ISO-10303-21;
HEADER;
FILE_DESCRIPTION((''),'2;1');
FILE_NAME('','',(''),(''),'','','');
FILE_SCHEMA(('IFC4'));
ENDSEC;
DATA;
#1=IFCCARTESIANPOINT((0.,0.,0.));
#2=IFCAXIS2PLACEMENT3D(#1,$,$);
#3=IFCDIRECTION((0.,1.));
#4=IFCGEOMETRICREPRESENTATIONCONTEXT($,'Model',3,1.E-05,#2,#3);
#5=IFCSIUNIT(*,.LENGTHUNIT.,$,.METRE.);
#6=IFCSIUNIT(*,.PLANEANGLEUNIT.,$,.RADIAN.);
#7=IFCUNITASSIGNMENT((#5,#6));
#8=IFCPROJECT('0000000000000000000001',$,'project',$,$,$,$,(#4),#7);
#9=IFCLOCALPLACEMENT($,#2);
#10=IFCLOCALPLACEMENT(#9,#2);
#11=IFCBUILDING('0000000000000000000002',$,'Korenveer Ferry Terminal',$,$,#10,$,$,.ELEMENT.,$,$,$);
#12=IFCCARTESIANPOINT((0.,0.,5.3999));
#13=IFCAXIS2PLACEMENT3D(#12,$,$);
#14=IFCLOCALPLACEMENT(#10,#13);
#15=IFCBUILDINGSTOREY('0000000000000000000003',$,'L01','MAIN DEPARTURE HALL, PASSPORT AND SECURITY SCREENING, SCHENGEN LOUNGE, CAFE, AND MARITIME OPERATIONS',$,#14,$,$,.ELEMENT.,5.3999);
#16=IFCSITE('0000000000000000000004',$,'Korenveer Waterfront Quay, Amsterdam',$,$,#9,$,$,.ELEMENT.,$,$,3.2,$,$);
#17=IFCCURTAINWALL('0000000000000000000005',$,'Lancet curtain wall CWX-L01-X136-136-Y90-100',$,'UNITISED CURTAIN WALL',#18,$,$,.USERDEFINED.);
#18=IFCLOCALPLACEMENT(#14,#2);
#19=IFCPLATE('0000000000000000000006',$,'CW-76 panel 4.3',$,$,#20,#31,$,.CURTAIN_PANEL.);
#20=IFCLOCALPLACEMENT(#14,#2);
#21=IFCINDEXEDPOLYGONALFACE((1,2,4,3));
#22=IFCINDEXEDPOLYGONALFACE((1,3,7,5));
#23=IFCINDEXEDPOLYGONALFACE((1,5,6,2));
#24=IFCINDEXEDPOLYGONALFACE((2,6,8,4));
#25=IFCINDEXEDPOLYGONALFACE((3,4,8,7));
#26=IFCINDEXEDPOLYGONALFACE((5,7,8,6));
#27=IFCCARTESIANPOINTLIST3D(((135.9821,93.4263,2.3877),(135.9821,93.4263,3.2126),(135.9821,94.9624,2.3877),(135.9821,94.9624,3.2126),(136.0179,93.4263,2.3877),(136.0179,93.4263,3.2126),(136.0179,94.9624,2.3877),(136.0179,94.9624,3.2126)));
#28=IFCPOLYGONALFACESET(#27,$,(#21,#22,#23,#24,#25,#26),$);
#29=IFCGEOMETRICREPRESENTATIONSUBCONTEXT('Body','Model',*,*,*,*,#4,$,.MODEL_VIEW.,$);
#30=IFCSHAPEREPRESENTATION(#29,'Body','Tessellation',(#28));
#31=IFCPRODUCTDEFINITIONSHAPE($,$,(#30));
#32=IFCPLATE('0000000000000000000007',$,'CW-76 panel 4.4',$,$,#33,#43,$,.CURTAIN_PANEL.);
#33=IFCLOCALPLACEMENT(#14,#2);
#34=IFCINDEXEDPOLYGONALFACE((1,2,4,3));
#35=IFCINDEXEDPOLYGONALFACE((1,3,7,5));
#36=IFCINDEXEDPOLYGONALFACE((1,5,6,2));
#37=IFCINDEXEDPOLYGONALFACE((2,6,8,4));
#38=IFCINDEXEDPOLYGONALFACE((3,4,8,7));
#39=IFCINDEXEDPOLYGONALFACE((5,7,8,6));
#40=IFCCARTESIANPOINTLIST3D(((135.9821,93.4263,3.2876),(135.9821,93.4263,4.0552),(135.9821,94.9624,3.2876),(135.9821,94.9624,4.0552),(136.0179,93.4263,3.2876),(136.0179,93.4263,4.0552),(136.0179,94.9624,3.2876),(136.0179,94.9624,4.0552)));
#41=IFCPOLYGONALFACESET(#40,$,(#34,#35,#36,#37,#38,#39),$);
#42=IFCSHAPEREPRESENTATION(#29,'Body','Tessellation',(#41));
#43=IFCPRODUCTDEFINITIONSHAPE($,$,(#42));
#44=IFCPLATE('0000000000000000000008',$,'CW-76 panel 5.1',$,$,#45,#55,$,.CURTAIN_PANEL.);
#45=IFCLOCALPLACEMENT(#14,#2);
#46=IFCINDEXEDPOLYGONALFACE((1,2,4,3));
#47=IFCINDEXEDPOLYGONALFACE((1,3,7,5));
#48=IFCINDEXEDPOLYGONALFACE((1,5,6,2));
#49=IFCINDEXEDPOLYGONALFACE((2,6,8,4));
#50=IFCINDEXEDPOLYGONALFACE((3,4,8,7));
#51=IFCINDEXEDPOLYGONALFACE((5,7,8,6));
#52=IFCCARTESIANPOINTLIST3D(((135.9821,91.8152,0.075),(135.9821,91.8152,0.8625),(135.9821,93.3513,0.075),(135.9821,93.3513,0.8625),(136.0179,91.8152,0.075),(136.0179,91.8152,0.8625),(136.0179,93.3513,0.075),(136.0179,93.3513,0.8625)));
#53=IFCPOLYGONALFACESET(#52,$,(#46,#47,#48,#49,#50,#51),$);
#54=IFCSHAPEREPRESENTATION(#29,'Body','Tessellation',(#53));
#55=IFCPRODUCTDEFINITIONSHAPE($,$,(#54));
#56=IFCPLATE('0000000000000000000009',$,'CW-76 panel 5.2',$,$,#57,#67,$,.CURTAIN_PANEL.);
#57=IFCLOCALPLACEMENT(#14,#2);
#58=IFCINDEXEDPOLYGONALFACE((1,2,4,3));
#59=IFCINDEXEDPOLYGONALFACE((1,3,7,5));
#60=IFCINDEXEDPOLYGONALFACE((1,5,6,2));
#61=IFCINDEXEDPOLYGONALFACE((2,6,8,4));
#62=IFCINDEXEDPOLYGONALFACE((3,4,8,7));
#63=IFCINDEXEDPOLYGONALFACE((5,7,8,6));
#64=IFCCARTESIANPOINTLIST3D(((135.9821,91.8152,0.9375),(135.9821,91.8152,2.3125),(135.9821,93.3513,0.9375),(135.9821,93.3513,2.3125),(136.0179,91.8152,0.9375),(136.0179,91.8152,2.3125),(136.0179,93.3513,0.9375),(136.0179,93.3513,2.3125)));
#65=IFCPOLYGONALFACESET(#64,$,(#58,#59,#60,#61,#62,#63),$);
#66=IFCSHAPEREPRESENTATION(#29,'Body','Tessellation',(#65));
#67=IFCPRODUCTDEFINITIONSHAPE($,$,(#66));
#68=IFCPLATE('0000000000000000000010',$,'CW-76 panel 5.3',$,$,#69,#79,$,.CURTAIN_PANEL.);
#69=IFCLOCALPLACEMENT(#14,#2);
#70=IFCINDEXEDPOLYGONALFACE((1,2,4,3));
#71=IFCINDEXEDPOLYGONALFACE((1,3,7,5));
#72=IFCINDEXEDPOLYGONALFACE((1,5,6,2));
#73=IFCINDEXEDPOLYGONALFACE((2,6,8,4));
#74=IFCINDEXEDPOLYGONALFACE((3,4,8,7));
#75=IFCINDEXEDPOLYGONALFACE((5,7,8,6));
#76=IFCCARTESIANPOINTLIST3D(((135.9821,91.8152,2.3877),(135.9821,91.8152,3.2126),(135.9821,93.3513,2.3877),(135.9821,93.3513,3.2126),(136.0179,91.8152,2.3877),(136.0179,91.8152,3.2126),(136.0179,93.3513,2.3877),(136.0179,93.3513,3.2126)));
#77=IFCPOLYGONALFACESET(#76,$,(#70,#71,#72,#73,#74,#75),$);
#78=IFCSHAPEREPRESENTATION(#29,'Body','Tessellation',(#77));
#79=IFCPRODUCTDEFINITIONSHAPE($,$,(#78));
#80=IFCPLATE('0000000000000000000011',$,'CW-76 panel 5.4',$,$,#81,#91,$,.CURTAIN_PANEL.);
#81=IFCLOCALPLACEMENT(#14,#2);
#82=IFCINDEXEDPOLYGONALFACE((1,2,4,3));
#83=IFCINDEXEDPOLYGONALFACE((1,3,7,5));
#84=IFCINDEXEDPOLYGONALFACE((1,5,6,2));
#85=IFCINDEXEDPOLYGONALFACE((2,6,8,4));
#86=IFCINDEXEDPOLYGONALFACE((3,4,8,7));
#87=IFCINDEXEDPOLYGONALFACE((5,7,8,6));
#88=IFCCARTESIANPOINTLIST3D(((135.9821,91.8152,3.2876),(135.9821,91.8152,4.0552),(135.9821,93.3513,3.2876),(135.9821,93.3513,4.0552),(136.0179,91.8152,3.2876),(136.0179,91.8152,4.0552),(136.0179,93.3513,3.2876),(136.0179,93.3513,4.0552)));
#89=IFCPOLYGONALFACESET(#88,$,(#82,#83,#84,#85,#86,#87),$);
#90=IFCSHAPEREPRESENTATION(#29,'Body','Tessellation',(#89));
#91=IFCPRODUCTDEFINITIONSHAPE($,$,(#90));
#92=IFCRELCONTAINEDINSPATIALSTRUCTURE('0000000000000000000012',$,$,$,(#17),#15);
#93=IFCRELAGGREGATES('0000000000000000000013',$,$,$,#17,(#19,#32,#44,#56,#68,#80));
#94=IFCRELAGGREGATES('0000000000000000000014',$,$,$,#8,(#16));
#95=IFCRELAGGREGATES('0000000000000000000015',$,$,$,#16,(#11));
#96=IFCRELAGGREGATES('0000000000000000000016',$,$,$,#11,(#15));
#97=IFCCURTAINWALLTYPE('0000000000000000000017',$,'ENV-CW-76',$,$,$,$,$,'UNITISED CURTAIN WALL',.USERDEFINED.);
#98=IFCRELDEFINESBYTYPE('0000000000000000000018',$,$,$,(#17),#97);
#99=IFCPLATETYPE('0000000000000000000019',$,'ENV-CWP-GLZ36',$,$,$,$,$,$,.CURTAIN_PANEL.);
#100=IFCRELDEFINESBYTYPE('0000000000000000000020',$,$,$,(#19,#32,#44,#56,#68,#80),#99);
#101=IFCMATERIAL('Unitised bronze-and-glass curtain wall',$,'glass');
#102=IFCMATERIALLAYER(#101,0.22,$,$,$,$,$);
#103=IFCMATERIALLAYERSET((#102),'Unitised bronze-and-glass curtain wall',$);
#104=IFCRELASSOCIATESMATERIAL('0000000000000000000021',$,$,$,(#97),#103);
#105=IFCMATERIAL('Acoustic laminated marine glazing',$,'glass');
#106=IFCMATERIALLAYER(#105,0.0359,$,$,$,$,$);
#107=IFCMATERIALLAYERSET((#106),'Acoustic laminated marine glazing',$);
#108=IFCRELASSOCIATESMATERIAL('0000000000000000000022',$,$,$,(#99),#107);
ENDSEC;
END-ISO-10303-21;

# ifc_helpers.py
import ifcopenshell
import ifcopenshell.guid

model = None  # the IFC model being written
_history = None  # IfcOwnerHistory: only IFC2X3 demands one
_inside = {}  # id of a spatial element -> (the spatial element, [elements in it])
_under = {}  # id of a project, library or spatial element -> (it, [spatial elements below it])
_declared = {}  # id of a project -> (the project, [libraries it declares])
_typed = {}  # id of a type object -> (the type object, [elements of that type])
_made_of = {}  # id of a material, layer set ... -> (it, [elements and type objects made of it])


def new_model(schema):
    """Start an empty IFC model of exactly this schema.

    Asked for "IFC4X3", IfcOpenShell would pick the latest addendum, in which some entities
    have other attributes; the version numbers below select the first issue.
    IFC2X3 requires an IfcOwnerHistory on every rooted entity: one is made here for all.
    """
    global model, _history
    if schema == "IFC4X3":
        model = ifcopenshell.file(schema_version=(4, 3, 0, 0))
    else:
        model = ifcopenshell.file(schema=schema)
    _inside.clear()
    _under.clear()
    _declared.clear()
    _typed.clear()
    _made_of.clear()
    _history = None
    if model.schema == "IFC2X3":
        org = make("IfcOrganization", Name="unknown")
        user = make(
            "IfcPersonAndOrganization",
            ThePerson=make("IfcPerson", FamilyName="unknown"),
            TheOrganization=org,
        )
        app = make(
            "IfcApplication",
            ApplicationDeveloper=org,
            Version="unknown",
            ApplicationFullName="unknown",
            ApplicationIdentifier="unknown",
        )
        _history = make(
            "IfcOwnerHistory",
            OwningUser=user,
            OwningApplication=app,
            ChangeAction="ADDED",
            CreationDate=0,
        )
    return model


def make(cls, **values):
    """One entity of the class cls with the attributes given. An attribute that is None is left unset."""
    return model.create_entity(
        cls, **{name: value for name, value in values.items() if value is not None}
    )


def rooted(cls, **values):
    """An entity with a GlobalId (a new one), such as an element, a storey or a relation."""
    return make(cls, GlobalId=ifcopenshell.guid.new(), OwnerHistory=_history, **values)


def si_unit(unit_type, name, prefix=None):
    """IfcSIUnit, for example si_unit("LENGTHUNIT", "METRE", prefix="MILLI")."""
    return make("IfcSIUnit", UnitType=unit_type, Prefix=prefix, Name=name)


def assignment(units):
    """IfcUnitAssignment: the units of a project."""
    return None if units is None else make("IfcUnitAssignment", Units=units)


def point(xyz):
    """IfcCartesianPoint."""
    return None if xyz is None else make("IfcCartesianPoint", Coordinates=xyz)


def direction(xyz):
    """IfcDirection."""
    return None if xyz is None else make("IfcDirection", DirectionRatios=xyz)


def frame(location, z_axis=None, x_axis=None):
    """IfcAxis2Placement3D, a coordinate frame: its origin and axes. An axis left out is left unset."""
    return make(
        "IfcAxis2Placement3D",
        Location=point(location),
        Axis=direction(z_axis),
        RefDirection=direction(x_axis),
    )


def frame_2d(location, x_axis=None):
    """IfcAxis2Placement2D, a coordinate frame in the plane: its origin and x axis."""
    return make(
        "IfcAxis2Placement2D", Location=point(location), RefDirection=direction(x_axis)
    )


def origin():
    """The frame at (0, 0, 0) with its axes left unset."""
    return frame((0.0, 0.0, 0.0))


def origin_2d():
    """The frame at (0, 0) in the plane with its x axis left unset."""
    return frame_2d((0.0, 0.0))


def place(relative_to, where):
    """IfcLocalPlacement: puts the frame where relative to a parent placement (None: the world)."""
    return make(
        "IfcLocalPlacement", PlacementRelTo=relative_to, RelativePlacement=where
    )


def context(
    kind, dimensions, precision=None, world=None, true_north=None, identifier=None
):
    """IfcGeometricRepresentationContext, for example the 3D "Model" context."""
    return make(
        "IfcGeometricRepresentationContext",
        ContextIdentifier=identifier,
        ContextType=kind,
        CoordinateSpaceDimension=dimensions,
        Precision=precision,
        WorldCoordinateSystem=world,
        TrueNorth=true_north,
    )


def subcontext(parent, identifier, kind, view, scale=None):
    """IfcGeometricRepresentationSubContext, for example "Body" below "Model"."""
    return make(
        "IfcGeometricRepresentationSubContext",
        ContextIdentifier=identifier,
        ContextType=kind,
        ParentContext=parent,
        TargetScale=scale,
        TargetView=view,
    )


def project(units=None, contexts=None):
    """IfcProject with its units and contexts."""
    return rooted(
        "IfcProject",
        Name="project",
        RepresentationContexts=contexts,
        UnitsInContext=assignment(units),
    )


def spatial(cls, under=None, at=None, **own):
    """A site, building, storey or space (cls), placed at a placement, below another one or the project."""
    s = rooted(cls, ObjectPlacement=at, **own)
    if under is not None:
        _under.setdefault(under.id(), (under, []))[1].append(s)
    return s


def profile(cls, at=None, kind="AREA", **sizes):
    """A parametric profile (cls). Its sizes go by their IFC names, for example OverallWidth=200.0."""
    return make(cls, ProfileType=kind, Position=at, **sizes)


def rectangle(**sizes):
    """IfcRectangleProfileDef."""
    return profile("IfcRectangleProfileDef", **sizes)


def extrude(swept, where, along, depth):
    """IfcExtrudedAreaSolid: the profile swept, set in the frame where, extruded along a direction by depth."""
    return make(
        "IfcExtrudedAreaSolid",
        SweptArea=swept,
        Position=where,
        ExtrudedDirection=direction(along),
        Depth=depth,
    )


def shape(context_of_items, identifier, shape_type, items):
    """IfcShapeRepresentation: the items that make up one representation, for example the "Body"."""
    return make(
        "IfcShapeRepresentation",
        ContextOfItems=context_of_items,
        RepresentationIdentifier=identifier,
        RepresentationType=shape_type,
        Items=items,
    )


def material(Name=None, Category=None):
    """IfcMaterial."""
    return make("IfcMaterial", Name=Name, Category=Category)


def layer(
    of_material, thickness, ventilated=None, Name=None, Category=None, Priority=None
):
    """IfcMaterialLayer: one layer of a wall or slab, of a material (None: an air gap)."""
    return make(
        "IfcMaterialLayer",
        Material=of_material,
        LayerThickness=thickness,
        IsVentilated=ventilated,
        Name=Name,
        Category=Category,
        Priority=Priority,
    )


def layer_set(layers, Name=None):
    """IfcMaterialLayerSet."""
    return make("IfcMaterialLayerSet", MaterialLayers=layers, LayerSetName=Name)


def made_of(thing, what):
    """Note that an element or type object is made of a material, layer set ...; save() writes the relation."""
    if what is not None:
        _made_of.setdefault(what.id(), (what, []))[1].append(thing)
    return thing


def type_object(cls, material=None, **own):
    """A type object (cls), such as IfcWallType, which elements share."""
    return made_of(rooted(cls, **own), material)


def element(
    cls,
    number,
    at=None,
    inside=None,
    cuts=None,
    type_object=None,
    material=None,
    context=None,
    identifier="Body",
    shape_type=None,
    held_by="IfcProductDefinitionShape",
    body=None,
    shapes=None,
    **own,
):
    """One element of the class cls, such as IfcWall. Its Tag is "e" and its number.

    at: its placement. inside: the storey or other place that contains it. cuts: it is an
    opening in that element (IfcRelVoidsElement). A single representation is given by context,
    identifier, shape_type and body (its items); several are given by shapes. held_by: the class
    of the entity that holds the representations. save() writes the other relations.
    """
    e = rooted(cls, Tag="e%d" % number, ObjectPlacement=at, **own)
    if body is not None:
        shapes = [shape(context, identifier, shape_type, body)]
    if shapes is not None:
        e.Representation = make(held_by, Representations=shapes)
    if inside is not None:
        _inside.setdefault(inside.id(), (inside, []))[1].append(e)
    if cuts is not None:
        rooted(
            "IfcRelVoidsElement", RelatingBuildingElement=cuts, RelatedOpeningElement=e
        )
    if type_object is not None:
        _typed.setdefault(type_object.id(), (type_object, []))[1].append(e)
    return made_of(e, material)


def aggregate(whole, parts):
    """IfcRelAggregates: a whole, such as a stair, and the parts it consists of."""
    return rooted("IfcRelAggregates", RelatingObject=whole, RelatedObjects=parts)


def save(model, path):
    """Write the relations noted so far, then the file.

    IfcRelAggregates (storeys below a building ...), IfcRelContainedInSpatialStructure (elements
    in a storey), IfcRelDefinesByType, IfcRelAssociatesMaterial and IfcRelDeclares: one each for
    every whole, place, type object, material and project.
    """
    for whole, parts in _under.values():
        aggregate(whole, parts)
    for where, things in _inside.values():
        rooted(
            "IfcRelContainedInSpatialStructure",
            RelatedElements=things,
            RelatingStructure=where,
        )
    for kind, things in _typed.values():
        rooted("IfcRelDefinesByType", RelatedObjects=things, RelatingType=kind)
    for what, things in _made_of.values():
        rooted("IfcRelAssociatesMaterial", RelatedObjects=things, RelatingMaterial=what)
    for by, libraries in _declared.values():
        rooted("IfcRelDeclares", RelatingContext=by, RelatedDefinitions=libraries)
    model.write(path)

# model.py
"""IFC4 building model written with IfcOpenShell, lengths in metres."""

from ifc_helpers import new_model, si_unit, direction, frame, origin, origin_2d, place, context, subcontext, project, spatial, rectangle, extrude, material, layer, layer_set, type_object, element, aggregate, save


model = new_model("IFC4")

# Units and contexts
model_context = context("Model", 3, precision=1e-05, world=origin(), true_north=direction((0.0, 1.0)))
body_context = subcontext(model_context, "Body", "Model", "MODEL_VIEW")
ifc_project = project(units=[si_unit("LENGTHUNIT", "METRE"), si_unit("PLANEANGLEUNIT", "RADIAN")], contexts=[model_context])

# Site, building, storey
site_placement = place(None, origin())
site = spatial("IfcSite", under=ifc_project, at=site_placement, Name="Korenveer Waterfront Quay, Amsterdam", CompositionType="ELEMENT", RefElevation=3.2)
building_placement = place(site_placement, origin())
building = spatial("IfcBuilding", under=site, at=building_placement, Name="Korenveer Ferry Terminal", CompositionType="ELEMENT")
storey_placement = place(building_placement, frame((0.0, 0.0, 5.3999)))
storey = spatial("IfcBuildingStorey", under=building, at=storey_placement, Name="L01", Description="MAIN DEPARTURE HALL, PASSPORT AND SECURITY SCREENING, SCHENGEN LOUNGE, CAFE, AND MARITIME OPERATIONS", CompositionType="ELEMENT", Elevation=5.3999)

# Curtain wall, plates
ifc_material_1 = material(Name="Unitised bronze-and-glass curtain wall", Category="glass")
ifc_layer_1 = layer(ifc_material_1, 0.22)
ifc_layer_set_1 = layer_set([ifc_layer_1], Name="Unitised bronze-and-glass curtain wall")
curtain_wall_type = type_object("IfcCurtainWallType", Name="ENV-CW-76", ElementType="UNITISED CURTAIN WALL", PredefinedType="USERDEFINED", material=ifc_layer_set_1)
curtain_wall_placement = place(storey_placement, frame((136.0, 99.8335, 0.0)))
curtain_wall = element("IfcCurtainWall", 1, at=curtain_wall_placement, inside=storey, type_object=curtain_wall_type, Name="Lancet curtain wall CWX-L01-X136-136-Y90-100", ObjectType="UNITISED CURTAIN WALL", PredefinedType="USERDEFINED")
ifc_material_2 = material(Name="Acoustic laminated marine glazing", Category="glass")
ifc_layer_2 = layer(ifc_material_2, 0.0359)
ifc_layer_set_2 = layer_set([ifc_layer_2], Name="Acoustic laminated marine glazing")
plate_type = type_object("IfcPlateType", Name="ENV-CWP-GLZ36", PredefinedType="CURTAIN_PANEL", material=ifc_layer_set_2)
plate_1_placement = place(storey_placement, frame((136.0, 94.1943, 2.3877), z_axis=(0.0, 0.0, 1.0), x_axis=(0.0, -1.0, 0.0)))
plate_1 = element("IfcPlate", 2, at=plate_1_placement, type_object=plate_type, Name="CW-76 panel 4.3", PredefinedType="CURTAIN_PANEL", context=body_context, shape_type="SweptSolid", body=[
    extrude(rectangle(XDim=1.5361, YDim=0.0359, at=origin_2d()), origin(), (0.0, 0.0, 1.0), 0.825),
])
plate_2_placement = place(storey_placement, frame((136.0, 94.1943, 3.2876), z_axis=(0.0, 0.0, 1.0), x_axis=(0.0, -1.0, 0.0)))
plate_2 = element("IfcPlate", 3, at=plate_2_placement, type_object=plate_type, Name="CW-76 panel 4.4", PredefinedType="CURTAIN_PANEL", context=body_context, shape_type="SweptSolid", body=[
    extrude(rectangle(XDim=1.5361, YDim=0.0359, at=origin_2d()), origin(), (0.0, 0.0, 1.0), 0.7676),
])
plate_3_placement = place(storey_placement, frame((136.0, 92.5833, 0.075), z_axis=(0.0, 0.0, 1.0), x_axis=(0.0, -1.0, 0.0)))
plate_3 = element("IfcPlate", 4, at=plate_3_placement, type_object=plate_type, Name="CW-76 panel 5.1", PredefinedType="CURTAIN_PANEL", context=body_context, shape_type="SweptSolid", body=[
    extrude(rectangle(XDim=1.5361, YDim=0.0359, at=origin_2d()), origin(), (0.0, 0.0, 1.0), 0.7876),
])
plate_4_placement = place(storey_placement, frame((136.0, 92.5833, 0.9375), z_axis=(0.0, 0.0, 1.0), x_axis=(0.0, -1.0, 0.0)))
plate_4 = element("IfcPlate", 5, at=plate_4_placement, type_object=plate_type, Name="CW-76 panel 5.2", PredefinedType="CURTAIN_PANEL", context=body_context, shape_type="SweptSolid", body=[
    extrude(rectangle(XDim=1.5361, YDim=0.0359, at=origin_2d()), origin(), (0.0, 0.0, 1.0), 1.375),
])
plate_5_placement = place(storey_placement, frame((136.0, 92.5833, 2.3877), z_axis=(0.0, 0.0, 1.0), x_axis=(0.0, -1.0, 0.0)))
plate_5 = element("IfcPlate", 6, at=plate_5_placement, type_object=plate_type, Name="CW-76 panel 5.3", PredefinedType="CURTAIN_PANEL", context=body_context, shape_type="SweptSolid", body=[
    extrude(rectangle(XDim=1.5361, YDim=0.0359, at=origin_2d()), origin(), (0.0, 0.0, 1.0), 0.825),
])
plate_6_placement = place(storey_placement, frame((136.0, 92.5833, 3.2876), z_axis=(0.0, 0.0, 1.0), x_axis=(0.0, -1.0, 0.0)))
plate_6 = element("IfcPlate", 7, at=plate_6_placement, type_object=plate_type, Name="CW-76 panel 5.4", PredefinedType="CURTAIN_PANEL", context=body_context, shape_type="SweptSolid", body=[
    extrude(rectangle(XDim=1.5361, YDim=0.0359, at=origin_2d()), origin(), (0.0, 0.0, 1.0), 0.7676),
])
aggregate(curtain_wall, [plate_1, plate_2, plate_3, plate_4, plate_5, plate_6])

save(model, "model.ifc")
